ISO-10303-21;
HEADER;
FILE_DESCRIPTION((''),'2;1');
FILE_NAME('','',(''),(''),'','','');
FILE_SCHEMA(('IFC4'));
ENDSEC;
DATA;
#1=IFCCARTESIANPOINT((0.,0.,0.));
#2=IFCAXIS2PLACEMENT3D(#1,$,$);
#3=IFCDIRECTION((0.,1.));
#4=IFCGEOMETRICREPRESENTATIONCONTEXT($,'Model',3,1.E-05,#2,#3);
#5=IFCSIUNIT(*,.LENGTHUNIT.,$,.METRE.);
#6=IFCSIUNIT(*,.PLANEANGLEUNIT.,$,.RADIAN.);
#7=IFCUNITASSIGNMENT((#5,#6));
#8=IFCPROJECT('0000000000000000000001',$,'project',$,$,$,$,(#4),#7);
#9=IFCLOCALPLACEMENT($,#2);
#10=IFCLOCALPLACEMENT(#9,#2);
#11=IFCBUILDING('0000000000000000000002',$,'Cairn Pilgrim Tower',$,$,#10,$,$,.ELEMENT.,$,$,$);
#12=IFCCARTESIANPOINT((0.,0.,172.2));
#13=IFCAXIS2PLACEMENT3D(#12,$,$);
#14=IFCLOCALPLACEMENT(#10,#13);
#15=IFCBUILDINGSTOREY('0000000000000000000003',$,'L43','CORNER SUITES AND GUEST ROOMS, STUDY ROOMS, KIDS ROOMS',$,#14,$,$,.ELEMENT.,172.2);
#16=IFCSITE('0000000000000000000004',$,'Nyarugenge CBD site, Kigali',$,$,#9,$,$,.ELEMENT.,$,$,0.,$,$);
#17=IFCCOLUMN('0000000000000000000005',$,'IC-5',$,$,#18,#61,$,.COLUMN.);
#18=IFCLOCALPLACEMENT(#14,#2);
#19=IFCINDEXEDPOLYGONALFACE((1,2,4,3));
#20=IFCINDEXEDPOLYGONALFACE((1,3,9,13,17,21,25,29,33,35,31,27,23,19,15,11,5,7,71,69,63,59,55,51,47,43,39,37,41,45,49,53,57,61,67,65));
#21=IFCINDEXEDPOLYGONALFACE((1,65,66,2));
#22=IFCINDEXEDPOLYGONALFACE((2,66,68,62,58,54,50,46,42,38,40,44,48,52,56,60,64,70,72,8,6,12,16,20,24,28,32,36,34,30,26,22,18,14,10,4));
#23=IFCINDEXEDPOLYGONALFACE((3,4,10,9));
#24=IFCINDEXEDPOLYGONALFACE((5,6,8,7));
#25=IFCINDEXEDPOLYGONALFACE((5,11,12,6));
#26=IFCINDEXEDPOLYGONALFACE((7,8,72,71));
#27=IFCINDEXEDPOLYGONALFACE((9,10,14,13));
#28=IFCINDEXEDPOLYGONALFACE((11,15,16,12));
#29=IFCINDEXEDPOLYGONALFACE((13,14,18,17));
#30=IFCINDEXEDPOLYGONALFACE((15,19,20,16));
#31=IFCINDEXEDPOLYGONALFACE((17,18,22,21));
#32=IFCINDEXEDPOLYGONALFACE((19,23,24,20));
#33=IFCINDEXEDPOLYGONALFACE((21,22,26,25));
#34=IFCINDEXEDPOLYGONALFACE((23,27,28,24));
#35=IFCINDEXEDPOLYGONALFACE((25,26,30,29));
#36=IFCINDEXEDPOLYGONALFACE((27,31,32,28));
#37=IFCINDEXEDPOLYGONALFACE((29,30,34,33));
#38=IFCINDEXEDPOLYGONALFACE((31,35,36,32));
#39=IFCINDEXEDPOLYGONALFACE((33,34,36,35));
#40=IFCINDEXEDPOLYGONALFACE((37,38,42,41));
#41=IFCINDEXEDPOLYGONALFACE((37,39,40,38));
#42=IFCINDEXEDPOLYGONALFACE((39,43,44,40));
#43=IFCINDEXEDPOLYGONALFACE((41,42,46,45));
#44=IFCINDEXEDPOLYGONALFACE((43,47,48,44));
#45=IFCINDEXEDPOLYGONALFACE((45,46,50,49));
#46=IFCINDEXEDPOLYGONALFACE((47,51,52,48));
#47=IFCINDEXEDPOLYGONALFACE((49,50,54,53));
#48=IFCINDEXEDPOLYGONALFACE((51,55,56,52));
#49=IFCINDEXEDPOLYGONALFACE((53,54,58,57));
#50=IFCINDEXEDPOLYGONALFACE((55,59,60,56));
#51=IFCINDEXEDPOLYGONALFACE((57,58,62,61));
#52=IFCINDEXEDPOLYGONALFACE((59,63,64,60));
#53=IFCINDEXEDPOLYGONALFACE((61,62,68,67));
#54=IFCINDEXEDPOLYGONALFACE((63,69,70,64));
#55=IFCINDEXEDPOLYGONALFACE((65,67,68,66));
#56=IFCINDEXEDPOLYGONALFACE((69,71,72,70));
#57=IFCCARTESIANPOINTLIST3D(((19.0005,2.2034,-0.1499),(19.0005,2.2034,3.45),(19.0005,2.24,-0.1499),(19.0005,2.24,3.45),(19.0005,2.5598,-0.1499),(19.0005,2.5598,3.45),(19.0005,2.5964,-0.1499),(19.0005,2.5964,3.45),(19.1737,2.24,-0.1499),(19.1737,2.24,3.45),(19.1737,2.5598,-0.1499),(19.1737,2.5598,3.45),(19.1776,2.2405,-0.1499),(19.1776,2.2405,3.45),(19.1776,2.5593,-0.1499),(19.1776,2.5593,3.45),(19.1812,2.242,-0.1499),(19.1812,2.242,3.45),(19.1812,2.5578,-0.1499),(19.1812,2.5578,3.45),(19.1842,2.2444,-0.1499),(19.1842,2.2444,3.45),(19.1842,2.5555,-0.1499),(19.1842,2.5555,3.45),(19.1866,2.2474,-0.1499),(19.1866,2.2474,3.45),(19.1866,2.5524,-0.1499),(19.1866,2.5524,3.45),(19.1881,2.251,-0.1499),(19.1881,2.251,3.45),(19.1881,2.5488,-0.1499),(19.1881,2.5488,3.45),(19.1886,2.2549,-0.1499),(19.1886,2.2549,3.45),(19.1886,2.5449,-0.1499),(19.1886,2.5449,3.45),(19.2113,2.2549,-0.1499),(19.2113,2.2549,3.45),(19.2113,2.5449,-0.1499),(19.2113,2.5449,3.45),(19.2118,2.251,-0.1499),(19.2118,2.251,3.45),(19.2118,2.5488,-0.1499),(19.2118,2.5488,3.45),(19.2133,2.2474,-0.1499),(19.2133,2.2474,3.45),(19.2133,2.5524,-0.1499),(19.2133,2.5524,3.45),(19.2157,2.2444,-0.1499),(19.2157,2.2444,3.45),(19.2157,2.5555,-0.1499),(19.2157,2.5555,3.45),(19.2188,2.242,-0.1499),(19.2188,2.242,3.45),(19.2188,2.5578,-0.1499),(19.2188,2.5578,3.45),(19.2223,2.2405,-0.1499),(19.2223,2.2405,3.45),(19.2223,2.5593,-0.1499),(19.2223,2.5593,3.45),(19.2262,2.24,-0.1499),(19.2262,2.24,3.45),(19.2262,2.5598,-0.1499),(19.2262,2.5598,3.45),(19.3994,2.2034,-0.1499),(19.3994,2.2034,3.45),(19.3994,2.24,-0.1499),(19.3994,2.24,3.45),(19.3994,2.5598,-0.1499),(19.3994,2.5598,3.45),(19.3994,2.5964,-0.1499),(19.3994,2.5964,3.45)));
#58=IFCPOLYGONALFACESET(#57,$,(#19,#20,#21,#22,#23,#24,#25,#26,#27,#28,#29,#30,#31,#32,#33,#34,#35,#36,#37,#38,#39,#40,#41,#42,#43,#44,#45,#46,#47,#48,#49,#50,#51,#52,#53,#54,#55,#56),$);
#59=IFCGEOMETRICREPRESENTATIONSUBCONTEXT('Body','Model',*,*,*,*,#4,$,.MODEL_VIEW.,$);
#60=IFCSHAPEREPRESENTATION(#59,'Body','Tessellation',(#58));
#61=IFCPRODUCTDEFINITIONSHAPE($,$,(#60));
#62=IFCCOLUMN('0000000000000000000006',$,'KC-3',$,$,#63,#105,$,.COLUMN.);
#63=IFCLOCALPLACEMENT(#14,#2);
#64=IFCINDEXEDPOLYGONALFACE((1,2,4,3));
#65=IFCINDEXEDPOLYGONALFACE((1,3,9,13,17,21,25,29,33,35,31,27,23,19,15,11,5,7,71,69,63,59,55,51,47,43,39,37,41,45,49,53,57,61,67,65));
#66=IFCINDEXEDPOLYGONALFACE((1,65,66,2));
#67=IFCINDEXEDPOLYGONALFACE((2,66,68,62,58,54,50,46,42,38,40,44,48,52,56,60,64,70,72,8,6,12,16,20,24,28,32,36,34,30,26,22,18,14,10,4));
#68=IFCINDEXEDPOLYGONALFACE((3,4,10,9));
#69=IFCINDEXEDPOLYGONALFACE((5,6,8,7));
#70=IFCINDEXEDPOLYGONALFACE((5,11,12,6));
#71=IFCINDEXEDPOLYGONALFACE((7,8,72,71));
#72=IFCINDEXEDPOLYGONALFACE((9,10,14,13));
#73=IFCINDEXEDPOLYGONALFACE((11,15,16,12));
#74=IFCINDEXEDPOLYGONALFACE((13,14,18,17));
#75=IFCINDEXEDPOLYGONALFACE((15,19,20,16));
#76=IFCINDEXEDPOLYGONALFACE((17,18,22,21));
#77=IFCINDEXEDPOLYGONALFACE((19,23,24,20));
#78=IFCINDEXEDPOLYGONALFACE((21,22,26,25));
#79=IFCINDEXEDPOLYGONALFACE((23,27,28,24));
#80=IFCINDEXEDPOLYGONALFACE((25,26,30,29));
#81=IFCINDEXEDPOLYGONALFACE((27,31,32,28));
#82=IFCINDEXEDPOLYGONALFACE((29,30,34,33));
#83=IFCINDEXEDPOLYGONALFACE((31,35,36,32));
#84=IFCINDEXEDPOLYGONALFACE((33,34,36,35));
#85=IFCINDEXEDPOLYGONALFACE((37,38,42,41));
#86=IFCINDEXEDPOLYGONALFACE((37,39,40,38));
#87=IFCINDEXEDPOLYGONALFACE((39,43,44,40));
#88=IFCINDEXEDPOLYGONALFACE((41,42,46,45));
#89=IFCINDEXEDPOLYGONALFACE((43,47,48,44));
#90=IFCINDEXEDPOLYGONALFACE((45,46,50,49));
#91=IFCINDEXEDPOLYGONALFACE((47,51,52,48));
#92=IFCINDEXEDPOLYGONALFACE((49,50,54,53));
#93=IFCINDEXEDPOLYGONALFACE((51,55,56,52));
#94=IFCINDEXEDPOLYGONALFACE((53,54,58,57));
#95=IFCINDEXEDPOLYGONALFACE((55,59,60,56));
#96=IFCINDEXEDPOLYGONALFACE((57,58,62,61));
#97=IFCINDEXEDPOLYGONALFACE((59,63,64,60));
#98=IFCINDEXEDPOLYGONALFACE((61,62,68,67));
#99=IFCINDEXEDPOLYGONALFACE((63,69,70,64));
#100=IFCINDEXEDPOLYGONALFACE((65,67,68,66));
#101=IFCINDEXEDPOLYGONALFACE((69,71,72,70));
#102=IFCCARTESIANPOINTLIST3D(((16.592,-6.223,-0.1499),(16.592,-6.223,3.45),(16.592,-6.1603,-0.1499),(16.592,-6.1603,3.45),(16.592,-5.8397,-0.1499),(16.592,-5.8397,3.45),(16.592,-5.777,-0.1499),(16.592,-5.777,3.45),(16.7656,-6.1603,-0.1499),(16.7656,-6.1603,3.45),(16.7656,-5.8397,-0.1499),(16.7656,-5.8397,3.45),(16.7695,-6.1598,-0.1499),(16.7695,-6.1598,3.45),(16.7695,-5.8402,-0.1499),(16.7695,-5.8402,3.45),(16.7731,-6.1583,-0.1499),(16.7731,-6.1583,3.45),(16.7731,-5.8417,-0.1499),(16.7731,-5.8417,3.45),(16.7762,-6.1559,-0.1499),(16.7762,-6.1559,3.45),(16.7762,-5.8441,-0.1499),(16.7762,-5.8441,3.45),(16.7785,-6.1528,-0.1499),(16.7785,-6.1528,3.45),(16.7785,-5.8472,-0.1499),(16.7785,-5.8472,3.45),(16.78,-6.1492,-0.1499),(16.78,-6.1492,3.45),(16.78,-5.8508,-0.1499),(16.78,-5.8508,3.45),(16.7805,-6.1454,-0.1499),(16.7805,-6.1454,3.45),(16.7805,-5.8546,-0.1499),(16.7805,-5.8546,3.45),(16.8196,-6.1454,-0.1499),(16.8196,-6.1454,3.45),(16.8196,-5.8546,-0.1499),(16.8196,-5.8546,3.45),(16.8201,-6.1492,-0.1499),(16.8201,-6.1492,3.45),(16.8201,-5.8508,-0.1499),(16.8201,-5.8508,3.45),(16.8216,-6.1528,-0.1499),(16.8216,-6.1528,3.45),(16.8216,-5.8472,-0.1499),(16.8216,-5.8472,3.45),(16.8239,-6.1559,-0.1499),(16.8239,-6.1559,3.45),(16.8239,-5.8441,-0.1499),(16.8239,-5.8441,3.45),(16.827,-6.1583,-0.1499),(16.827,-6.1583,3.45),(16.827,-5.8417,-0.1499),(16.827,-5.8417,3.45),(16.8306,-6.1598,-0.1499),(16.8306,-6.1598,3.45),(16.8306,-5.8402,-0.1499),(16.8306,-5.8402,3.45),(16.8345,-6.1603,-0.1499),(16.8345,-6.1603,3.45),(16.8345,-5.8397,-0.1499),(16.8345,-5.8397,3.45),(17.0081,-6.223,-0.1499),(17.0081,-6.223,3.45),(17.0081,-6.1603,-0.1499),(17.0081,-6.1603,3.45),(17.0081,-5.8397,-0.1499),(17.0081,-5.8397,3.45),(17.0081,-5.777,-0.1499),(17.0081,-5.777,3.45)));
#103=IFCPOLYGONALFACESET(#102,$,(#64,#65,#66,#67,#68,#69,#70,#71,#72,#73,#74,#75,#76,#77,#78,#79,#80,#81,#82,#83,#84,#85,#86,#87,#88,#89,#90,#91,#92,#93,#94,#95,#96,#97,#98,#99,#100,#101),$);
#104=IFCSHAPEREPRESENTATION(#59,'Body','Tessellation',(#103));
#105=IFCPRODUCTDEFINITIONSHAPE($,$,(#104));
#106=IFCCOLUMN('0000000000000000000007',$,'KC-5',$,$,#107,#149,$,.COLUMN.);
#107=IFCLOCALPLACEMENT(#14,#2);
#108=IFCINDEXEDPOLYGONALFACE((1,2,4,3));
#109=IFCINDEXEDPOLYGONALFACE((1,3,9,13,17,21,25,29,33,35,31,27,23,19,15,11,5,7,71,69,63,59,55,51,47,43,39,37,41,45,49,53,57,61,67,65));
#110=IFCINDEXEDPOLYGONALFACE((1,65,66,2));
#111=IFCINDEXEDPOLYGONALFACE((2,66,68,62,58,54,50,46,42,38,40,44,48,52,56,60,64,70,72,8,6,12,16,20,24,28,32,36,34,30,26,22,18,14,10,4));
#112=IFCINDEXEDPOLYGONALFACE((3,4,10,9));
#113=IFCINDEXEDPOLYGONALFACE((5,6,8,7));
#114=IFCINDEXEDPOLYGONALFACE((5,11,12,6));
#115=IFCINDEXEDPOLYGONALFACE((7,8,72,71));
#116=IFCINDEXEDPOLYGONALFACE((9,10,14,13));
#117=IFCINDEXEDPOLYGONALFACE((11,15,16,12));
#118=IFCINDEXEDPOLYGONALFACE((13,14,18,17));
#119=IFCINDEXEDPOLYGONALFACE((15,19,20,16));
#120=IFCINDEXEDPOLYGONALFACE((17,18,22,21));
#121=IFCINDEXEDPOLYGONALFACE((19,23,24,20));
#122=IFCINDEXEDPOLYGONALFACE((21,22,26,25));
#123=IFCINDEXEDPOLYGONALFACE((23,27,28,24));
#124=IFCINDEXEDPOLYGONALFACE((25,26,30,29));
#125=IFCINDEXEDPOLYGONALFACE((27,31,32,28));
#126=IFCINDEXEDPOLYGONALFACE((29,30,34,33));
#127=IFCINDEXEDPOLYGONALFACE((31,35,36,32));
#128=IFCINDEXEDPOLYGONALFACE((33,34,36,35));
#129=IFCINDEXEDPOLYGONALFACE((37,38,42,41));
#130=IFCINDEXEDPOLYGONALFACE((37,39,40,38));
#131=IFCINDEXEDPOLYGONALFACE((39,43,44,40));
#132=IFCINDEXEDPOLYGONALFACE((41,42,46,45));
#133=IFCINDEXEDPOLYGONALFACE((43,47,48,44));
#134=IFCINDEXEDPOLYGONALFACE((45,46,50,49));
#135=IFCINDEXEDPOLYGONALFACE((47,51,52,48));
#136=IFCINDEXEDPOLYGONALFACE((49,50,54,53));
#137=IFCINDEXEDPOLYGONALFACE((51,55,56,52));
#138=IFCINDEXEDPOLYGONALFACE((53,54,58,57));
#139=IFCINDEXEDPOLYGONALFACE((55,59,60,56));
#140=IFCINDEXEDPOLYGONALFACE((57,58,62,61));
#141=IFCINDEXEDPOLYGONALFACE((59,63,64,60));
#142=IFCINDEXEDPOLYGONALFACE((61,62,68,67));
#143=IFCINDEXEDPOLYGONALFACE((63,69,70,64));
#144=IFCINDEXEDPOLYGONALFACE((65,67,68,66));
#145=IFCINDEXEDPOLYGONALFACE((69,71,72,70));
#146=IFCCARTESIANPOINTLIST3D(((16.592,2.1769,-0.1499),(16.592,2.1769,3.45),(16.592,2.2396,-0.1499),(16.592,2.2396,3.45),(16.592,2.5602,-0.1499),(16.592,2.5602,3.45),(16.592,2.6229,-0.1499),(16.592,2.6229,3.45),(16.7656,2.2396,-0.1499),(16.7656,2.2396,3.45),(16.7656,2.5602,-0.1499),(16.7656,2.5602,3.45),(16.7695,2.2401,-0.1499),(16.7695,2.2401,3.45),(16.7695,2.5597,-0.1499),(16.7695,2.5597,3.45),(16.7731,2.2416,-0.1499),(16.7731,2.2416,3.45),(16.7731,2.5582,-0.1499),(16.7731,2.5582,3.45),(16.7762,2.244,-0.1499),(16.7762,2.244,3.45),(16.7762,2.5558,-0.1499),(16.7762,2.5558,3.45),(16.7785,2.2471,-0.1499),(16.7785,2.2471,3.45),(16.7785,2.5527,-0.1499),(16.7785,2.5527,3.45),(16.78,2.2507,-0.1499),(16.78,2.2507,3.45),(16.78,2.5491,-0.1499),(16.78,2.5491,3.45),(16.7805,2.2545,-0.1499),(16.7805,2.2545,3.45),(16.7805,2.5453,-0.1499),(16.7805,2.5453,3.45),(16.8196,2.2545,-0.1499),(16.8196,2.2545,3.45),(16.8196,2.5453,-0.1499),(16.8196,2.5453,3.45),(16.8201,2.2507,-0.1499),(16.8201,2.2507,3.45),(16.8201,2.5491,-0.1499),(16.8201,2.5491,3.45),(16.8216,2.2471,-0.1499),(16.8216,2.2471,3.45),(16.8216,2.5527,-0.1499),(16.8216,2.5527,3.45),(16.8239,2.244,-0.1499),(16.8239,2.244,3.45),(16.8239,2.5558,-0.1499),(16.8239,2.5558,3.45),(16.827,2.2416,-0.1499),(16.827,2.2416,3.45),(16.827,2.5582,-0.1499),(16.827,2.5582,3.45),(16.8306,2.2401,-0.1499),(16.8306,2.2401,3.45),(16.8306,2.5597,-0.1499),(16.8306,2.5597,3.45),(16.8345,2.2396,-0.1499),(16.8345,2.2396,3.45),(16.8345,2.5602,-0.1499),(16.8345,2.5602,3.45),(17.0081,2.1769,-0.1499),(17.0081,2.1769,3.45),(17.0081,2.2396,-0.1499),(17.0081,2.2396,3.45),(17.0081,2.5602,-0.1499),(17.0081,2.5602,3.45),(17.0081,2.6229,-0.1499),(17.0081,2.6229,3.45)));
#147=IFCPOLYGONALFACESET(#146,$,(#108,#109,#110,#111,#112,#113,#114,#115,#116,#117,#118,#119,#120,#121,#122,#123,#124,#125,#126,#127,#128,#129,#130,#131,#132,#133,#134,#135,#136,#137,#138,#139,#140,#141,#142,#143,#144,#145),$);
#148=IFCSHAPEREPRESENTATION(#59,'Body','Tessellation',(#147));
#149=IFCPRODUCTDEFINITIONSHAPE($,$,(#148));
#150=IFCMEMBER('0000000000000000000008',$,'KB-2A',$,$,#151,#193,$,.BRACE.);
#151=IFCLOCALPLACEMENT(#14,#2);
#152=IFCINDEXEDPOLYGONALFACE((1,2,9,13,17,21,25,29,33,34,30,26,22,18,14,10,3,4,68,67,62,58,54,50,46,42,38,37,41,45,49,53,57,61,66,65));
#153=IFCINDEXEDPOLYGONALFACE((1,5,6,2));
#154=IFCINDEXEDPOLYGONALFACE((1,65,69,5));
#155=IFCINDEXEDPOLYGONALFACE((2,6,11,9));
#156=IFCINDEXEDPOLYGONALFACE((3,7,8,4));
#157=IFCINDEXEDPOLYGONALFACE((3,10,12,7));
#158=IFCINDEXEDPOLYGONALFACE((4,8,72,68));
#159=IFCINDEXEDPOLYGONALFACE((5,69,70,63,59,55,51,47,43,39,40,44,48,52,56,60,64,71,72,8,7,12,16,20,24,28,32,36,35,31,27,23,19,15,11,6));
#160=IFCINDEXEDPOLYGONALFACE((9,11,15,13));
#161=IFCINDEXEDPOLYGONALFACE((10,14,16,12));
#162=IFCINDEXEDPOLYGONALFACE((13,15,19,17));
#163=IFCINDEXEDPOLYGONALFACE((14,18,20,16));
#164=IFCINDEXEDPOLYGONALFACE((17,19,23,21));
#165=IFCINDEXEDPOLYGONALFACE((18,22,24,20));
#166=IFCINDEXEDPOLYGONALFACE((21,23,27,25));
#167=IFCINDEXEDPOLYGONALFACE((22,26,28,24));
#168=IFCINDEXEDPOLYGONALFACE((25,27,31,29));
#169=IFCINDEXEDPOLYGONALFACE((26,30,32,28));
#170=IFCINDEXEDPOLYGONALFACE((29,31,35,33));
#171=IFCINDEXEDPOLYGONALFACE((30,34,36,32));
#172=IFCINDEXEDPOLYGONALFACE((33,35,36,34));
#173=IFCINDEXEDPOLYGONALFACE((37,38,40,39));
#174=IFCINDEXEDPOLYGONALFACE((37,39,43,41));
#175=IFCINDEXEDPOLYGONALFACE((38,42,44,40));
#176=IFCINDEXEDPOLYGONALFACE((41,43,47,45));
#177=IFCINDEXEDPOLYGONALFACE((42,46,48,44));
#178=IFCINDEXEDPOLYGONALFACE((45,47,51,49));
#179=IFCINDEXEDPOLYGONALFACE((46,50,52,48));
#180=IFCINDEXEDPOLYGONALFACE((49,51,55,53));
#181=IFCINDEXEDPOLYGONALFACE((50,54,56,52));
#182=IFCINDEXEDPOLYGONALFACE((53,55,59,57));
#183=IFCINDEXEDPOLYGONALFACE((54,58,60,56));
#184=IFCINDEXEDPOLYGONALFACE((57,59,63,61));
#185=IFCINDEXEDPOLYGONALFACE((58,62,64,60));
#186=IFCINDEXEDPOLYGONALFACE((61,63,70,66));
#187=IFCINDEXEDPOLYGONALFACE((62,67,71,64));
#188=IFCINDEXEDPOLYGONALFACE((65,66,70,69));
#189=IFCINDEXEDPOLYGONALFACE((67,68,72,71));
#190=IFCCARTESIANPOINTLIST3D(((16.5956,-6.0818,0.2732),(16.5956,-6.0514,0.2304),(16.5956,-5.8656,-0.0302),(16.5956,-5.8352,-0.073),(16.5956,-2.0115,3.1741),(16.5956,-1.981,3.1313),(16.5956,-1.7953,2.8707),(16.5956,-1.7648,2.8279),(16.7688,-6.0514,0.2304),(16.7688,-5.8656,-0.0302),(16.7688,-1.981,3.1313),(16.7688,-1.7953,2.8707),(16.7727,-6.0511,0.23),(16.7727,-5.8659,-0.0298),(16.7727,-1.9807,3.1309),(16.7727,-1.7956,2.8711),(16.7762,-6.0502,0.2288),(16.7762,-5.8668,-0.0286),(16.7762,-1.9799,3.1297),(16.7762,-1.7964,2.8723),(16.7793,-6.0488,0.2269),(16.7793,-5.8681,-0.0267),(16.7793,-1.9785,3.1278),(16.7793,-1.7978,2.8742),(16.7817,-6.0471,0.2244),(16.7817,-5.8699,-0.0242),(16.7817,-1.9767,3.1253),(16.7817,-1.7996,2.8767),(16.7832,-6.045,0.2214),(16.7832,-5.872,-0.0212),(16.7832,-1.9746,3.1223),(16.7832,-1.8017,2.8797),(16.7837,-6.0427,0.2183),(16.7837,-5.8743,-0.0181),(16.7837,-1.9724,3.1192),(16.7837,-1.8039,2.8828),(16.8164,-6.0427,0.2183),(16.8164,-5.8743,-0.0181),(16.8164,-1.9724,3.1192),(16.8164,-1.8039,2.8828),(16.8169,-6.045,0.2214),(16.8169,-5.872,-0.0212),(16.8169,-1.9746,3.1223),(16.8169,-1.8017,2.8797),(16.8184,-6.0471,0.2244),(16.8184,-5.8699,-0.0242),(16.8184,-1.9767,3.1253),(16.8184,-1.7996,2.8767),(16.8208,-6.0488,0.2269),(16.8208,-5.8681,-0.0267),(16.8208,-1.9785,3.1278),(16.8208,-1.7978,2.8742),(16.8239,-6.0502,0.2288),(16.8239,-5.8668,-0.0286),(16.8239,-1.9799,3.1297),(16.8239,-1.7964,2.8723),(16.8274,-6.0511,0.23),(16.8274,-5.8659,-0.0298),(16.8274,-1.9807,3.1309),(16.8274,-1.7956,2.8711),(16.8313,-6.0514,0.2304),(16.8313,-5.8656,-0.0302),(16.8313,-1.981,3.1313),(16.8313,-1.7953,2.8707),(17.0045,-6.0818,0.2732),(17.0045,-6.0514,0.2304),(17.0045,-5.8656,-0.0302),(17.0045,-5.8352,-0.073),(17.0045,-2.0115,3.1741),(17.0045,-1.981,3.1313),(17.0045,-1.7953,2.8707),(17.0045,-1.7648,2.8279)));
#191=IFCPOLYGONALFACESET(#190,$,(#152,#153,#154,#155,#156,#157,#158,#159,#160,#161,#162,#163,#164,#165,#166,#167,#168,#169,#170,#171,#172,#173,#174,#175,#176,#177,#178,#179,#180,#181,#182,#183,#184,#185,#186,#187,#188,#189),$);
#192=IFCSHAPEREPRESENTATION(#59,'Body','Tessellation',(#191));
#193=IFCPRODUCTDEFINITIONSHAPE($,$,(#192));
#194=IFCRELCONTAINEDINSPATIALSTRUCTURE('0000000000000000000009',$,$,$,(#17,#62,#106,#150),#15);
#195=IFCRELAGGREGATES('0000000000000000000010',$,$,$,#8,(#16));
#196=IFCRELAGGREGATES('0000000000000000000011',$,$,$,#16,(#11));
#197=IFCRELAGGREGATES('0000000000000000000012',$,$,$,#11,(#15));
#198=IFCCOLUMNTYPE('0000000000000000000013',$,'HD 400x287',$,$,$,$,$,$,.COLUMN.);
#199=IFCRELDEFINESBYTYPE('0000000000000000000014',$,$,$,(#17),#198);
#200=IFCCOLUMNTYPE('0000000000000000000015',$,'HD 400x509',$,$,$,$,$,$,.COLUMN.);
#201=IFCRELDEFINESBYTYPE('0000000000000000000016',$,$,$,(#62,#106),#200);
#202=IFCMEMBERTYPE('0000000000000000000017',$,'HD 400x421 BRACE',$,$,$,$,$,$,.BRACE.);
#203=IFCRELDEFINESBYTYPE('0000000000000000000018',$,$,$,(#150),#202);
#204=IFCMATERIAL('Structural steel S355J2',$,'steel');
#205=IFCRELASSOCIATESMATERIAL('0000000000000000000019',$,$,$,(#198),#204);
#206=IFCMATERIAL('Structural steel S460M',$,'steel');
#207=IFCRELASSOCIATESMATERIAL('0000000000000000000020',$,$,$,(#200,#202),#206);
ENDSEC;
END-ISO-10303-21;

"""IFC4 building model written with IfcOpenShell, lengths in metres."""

from ifc_helpers import new_model, si_unit, direction, frame, origin, origin_2d, place, context, subcontext, project, spatial, i_section, extrude, material, material_profile, profile_set, type_object, element, save


model = new_model("IFC4")

# Units and contexts
model_context = context("Model", 3, precision=1e-05, world=origin(), true_north=direction((0.0, 1.0)))
body_context = subcontext(model_context, "Body", "Model", "MODEL_VIEW")
ifc_project = project(units=[si_unit("LENGTHUNIT", "METRE"), si_unit("PLANEANGLEUNIT", "RADIAN")], contexts=[model_context])

# Site, building, storey
site_placement = place(None, origin())
site = spatial("IfcSite", under=ifc_project, at=site_placement, Name="Nyarugenge CBD site, Kigali", CompositionType="ELEMENT", RefElevation=0.0)
building_placement = place(site_placement, origin())
building = spatial("IfcBuilding", under=site, at=building_placement, Name="Cairn Pilgrim Tower", CompositionType="ELEMENT")
storey_placement = place(building_placement, frame((0.0, 0.0, 172.2)))
storey = spatial("IfcBuildingStorey", under=building, at=storey_placement, Name="L43", Description="CORNER SUITES AND GUEST ROOMS, STUDY ROOMS, KIDS ROOMS", CompositionType="ELEMENT", Elevation=172.2)

# Columns
ifc_material_1 = material(Name="Structural steel S355J2", Category="steel")
ifc_material_profile_1 = material_profile(ifc_material_1, i_section(OverallWidth=0.3989, OverallDepth=0.3931, WebThickness=0.0227, FlangeThickness=0.0366, FilletRadius=0.0149, at=origin_2d()), Name="HD 400x287")
ifc_profile_set_1 = profile_set([ifc_material_profile_1], Name="Structural steel S355J2")
column_type_1 = type_object("IfcColumnType", Name="HD 400x287", PredefinedType="COLUMN", material=ifc_profile_set_1)
column_placement = place(storey_placement, frame((19.2, 2.3999, -0.1499), z_axis=(0.0, 0.0, 1.0), x_axis=(1.0, 0.0, 0.0)))
element("IfcColumn", 1, at=column_placement, inside=storey, type_object=column_type_1, Name="IC-5", PredefinedType="COLUMN", context=body_context, shape_type="SweptSolid", body=[
    extrude(i_section(OverallWidth=0.3989, OverallDepth=0.3931, WebThickness=0.0227, FlangeThickness=0.0366, FilletRadius=0.0149, at=origin_2d()), origin(), (0.0, 0.0, 1.0), 3.5999),
])
ifc_material_2 = material(Name="Structural steel S460M", Category="steel")
ifc_material_profile_2 = material_profile(ifc_material_2, i_section(OverallWidth=0.416, OverallDepth=0.446, WebThickness=0.0391, FlangeThickness=0.0627, FilletRadius=0.0149, at=origin_2d()), Name="HD 400x509")
ifc_profile_set_2 = profile_set([ifc_material_profile_2], Name="Structural steel S460M")
column_type_2 = type_object("IfcColumnType", Name="HD 400x509", PredefinedType="COLUMN", material=ifc_profile_set_2)
for number, where, z_axis, x_axis, name in (
    (2, (16.8, -6.0, -0.1499), (0.0, 0.0, 1.0), (1.0, 0.0, 0.0), "KC-3"),
    (3, (16.8, 2.3999, -0.1499), (0.0, 0.0, 1.0), (1.0, 0.0, 0.0), "KC-5"),
):
    element("IfcColumn", number, at=place(storey_placement, frame(where, z_axis=z_axis, x_axis=x_axis)), inside=storey, type_object=column_type_2, Name=name, PredefinedType="COLUMN", context=body_context, shape_type="SweptSolid", body=[
        extrude(i_section(OverallWidth=0.416, OverallDepth=0.446, WebThickness=0.0391, FlangeThickness=0.0627, FilletRadius=0.0149, at=origin_2d()), origin(), (0.0, 0.0, 1.0), 3.5999),
    ])

# Member
ifc_material_profile_3 = material_profile(ifc_material_2, i_section(OverallWidth=0.4089, OverallDepth=0.425, WebThickness=0.0327, FlangeThickness=0.0525, FilletRadius=0.0149, at=origin_2d()), Name="HD 400x421")
ifc_profile_set_3 = profile_set([ifc_material_profile_3], Name="Structural steel S460M")
member_type = type_object("IfcMemberType", Name="HD 400x421 BRACE", PredefinedType="BRACE", material=ifc_profile_set_3)
member_1_placement = place(storey_placement, frame((16.8, -5.9585, 0.1001), z_axis=(0.0, 0.814347, 0.580378), x_axis=(-1.0, 0.0, 0.0)))
element("IfcMember", 4, at=member_1_placement, inside=storey, type_object=member_type, Name="KB-2A", PredefinedType="BRACE", context=body_context, shape_type="SweptSolid", body=[
    extrude(i_section(OverallWidth=0.4089, OverallDepth=0.425, WebThickness=0.0327, FlangeThickness=0.0525, FilletRadius=0.0149, at=origin_2d()), origin(), (0.0, 0.0, 1.0), 4.9983),
])

save(model, "model.ifc")
